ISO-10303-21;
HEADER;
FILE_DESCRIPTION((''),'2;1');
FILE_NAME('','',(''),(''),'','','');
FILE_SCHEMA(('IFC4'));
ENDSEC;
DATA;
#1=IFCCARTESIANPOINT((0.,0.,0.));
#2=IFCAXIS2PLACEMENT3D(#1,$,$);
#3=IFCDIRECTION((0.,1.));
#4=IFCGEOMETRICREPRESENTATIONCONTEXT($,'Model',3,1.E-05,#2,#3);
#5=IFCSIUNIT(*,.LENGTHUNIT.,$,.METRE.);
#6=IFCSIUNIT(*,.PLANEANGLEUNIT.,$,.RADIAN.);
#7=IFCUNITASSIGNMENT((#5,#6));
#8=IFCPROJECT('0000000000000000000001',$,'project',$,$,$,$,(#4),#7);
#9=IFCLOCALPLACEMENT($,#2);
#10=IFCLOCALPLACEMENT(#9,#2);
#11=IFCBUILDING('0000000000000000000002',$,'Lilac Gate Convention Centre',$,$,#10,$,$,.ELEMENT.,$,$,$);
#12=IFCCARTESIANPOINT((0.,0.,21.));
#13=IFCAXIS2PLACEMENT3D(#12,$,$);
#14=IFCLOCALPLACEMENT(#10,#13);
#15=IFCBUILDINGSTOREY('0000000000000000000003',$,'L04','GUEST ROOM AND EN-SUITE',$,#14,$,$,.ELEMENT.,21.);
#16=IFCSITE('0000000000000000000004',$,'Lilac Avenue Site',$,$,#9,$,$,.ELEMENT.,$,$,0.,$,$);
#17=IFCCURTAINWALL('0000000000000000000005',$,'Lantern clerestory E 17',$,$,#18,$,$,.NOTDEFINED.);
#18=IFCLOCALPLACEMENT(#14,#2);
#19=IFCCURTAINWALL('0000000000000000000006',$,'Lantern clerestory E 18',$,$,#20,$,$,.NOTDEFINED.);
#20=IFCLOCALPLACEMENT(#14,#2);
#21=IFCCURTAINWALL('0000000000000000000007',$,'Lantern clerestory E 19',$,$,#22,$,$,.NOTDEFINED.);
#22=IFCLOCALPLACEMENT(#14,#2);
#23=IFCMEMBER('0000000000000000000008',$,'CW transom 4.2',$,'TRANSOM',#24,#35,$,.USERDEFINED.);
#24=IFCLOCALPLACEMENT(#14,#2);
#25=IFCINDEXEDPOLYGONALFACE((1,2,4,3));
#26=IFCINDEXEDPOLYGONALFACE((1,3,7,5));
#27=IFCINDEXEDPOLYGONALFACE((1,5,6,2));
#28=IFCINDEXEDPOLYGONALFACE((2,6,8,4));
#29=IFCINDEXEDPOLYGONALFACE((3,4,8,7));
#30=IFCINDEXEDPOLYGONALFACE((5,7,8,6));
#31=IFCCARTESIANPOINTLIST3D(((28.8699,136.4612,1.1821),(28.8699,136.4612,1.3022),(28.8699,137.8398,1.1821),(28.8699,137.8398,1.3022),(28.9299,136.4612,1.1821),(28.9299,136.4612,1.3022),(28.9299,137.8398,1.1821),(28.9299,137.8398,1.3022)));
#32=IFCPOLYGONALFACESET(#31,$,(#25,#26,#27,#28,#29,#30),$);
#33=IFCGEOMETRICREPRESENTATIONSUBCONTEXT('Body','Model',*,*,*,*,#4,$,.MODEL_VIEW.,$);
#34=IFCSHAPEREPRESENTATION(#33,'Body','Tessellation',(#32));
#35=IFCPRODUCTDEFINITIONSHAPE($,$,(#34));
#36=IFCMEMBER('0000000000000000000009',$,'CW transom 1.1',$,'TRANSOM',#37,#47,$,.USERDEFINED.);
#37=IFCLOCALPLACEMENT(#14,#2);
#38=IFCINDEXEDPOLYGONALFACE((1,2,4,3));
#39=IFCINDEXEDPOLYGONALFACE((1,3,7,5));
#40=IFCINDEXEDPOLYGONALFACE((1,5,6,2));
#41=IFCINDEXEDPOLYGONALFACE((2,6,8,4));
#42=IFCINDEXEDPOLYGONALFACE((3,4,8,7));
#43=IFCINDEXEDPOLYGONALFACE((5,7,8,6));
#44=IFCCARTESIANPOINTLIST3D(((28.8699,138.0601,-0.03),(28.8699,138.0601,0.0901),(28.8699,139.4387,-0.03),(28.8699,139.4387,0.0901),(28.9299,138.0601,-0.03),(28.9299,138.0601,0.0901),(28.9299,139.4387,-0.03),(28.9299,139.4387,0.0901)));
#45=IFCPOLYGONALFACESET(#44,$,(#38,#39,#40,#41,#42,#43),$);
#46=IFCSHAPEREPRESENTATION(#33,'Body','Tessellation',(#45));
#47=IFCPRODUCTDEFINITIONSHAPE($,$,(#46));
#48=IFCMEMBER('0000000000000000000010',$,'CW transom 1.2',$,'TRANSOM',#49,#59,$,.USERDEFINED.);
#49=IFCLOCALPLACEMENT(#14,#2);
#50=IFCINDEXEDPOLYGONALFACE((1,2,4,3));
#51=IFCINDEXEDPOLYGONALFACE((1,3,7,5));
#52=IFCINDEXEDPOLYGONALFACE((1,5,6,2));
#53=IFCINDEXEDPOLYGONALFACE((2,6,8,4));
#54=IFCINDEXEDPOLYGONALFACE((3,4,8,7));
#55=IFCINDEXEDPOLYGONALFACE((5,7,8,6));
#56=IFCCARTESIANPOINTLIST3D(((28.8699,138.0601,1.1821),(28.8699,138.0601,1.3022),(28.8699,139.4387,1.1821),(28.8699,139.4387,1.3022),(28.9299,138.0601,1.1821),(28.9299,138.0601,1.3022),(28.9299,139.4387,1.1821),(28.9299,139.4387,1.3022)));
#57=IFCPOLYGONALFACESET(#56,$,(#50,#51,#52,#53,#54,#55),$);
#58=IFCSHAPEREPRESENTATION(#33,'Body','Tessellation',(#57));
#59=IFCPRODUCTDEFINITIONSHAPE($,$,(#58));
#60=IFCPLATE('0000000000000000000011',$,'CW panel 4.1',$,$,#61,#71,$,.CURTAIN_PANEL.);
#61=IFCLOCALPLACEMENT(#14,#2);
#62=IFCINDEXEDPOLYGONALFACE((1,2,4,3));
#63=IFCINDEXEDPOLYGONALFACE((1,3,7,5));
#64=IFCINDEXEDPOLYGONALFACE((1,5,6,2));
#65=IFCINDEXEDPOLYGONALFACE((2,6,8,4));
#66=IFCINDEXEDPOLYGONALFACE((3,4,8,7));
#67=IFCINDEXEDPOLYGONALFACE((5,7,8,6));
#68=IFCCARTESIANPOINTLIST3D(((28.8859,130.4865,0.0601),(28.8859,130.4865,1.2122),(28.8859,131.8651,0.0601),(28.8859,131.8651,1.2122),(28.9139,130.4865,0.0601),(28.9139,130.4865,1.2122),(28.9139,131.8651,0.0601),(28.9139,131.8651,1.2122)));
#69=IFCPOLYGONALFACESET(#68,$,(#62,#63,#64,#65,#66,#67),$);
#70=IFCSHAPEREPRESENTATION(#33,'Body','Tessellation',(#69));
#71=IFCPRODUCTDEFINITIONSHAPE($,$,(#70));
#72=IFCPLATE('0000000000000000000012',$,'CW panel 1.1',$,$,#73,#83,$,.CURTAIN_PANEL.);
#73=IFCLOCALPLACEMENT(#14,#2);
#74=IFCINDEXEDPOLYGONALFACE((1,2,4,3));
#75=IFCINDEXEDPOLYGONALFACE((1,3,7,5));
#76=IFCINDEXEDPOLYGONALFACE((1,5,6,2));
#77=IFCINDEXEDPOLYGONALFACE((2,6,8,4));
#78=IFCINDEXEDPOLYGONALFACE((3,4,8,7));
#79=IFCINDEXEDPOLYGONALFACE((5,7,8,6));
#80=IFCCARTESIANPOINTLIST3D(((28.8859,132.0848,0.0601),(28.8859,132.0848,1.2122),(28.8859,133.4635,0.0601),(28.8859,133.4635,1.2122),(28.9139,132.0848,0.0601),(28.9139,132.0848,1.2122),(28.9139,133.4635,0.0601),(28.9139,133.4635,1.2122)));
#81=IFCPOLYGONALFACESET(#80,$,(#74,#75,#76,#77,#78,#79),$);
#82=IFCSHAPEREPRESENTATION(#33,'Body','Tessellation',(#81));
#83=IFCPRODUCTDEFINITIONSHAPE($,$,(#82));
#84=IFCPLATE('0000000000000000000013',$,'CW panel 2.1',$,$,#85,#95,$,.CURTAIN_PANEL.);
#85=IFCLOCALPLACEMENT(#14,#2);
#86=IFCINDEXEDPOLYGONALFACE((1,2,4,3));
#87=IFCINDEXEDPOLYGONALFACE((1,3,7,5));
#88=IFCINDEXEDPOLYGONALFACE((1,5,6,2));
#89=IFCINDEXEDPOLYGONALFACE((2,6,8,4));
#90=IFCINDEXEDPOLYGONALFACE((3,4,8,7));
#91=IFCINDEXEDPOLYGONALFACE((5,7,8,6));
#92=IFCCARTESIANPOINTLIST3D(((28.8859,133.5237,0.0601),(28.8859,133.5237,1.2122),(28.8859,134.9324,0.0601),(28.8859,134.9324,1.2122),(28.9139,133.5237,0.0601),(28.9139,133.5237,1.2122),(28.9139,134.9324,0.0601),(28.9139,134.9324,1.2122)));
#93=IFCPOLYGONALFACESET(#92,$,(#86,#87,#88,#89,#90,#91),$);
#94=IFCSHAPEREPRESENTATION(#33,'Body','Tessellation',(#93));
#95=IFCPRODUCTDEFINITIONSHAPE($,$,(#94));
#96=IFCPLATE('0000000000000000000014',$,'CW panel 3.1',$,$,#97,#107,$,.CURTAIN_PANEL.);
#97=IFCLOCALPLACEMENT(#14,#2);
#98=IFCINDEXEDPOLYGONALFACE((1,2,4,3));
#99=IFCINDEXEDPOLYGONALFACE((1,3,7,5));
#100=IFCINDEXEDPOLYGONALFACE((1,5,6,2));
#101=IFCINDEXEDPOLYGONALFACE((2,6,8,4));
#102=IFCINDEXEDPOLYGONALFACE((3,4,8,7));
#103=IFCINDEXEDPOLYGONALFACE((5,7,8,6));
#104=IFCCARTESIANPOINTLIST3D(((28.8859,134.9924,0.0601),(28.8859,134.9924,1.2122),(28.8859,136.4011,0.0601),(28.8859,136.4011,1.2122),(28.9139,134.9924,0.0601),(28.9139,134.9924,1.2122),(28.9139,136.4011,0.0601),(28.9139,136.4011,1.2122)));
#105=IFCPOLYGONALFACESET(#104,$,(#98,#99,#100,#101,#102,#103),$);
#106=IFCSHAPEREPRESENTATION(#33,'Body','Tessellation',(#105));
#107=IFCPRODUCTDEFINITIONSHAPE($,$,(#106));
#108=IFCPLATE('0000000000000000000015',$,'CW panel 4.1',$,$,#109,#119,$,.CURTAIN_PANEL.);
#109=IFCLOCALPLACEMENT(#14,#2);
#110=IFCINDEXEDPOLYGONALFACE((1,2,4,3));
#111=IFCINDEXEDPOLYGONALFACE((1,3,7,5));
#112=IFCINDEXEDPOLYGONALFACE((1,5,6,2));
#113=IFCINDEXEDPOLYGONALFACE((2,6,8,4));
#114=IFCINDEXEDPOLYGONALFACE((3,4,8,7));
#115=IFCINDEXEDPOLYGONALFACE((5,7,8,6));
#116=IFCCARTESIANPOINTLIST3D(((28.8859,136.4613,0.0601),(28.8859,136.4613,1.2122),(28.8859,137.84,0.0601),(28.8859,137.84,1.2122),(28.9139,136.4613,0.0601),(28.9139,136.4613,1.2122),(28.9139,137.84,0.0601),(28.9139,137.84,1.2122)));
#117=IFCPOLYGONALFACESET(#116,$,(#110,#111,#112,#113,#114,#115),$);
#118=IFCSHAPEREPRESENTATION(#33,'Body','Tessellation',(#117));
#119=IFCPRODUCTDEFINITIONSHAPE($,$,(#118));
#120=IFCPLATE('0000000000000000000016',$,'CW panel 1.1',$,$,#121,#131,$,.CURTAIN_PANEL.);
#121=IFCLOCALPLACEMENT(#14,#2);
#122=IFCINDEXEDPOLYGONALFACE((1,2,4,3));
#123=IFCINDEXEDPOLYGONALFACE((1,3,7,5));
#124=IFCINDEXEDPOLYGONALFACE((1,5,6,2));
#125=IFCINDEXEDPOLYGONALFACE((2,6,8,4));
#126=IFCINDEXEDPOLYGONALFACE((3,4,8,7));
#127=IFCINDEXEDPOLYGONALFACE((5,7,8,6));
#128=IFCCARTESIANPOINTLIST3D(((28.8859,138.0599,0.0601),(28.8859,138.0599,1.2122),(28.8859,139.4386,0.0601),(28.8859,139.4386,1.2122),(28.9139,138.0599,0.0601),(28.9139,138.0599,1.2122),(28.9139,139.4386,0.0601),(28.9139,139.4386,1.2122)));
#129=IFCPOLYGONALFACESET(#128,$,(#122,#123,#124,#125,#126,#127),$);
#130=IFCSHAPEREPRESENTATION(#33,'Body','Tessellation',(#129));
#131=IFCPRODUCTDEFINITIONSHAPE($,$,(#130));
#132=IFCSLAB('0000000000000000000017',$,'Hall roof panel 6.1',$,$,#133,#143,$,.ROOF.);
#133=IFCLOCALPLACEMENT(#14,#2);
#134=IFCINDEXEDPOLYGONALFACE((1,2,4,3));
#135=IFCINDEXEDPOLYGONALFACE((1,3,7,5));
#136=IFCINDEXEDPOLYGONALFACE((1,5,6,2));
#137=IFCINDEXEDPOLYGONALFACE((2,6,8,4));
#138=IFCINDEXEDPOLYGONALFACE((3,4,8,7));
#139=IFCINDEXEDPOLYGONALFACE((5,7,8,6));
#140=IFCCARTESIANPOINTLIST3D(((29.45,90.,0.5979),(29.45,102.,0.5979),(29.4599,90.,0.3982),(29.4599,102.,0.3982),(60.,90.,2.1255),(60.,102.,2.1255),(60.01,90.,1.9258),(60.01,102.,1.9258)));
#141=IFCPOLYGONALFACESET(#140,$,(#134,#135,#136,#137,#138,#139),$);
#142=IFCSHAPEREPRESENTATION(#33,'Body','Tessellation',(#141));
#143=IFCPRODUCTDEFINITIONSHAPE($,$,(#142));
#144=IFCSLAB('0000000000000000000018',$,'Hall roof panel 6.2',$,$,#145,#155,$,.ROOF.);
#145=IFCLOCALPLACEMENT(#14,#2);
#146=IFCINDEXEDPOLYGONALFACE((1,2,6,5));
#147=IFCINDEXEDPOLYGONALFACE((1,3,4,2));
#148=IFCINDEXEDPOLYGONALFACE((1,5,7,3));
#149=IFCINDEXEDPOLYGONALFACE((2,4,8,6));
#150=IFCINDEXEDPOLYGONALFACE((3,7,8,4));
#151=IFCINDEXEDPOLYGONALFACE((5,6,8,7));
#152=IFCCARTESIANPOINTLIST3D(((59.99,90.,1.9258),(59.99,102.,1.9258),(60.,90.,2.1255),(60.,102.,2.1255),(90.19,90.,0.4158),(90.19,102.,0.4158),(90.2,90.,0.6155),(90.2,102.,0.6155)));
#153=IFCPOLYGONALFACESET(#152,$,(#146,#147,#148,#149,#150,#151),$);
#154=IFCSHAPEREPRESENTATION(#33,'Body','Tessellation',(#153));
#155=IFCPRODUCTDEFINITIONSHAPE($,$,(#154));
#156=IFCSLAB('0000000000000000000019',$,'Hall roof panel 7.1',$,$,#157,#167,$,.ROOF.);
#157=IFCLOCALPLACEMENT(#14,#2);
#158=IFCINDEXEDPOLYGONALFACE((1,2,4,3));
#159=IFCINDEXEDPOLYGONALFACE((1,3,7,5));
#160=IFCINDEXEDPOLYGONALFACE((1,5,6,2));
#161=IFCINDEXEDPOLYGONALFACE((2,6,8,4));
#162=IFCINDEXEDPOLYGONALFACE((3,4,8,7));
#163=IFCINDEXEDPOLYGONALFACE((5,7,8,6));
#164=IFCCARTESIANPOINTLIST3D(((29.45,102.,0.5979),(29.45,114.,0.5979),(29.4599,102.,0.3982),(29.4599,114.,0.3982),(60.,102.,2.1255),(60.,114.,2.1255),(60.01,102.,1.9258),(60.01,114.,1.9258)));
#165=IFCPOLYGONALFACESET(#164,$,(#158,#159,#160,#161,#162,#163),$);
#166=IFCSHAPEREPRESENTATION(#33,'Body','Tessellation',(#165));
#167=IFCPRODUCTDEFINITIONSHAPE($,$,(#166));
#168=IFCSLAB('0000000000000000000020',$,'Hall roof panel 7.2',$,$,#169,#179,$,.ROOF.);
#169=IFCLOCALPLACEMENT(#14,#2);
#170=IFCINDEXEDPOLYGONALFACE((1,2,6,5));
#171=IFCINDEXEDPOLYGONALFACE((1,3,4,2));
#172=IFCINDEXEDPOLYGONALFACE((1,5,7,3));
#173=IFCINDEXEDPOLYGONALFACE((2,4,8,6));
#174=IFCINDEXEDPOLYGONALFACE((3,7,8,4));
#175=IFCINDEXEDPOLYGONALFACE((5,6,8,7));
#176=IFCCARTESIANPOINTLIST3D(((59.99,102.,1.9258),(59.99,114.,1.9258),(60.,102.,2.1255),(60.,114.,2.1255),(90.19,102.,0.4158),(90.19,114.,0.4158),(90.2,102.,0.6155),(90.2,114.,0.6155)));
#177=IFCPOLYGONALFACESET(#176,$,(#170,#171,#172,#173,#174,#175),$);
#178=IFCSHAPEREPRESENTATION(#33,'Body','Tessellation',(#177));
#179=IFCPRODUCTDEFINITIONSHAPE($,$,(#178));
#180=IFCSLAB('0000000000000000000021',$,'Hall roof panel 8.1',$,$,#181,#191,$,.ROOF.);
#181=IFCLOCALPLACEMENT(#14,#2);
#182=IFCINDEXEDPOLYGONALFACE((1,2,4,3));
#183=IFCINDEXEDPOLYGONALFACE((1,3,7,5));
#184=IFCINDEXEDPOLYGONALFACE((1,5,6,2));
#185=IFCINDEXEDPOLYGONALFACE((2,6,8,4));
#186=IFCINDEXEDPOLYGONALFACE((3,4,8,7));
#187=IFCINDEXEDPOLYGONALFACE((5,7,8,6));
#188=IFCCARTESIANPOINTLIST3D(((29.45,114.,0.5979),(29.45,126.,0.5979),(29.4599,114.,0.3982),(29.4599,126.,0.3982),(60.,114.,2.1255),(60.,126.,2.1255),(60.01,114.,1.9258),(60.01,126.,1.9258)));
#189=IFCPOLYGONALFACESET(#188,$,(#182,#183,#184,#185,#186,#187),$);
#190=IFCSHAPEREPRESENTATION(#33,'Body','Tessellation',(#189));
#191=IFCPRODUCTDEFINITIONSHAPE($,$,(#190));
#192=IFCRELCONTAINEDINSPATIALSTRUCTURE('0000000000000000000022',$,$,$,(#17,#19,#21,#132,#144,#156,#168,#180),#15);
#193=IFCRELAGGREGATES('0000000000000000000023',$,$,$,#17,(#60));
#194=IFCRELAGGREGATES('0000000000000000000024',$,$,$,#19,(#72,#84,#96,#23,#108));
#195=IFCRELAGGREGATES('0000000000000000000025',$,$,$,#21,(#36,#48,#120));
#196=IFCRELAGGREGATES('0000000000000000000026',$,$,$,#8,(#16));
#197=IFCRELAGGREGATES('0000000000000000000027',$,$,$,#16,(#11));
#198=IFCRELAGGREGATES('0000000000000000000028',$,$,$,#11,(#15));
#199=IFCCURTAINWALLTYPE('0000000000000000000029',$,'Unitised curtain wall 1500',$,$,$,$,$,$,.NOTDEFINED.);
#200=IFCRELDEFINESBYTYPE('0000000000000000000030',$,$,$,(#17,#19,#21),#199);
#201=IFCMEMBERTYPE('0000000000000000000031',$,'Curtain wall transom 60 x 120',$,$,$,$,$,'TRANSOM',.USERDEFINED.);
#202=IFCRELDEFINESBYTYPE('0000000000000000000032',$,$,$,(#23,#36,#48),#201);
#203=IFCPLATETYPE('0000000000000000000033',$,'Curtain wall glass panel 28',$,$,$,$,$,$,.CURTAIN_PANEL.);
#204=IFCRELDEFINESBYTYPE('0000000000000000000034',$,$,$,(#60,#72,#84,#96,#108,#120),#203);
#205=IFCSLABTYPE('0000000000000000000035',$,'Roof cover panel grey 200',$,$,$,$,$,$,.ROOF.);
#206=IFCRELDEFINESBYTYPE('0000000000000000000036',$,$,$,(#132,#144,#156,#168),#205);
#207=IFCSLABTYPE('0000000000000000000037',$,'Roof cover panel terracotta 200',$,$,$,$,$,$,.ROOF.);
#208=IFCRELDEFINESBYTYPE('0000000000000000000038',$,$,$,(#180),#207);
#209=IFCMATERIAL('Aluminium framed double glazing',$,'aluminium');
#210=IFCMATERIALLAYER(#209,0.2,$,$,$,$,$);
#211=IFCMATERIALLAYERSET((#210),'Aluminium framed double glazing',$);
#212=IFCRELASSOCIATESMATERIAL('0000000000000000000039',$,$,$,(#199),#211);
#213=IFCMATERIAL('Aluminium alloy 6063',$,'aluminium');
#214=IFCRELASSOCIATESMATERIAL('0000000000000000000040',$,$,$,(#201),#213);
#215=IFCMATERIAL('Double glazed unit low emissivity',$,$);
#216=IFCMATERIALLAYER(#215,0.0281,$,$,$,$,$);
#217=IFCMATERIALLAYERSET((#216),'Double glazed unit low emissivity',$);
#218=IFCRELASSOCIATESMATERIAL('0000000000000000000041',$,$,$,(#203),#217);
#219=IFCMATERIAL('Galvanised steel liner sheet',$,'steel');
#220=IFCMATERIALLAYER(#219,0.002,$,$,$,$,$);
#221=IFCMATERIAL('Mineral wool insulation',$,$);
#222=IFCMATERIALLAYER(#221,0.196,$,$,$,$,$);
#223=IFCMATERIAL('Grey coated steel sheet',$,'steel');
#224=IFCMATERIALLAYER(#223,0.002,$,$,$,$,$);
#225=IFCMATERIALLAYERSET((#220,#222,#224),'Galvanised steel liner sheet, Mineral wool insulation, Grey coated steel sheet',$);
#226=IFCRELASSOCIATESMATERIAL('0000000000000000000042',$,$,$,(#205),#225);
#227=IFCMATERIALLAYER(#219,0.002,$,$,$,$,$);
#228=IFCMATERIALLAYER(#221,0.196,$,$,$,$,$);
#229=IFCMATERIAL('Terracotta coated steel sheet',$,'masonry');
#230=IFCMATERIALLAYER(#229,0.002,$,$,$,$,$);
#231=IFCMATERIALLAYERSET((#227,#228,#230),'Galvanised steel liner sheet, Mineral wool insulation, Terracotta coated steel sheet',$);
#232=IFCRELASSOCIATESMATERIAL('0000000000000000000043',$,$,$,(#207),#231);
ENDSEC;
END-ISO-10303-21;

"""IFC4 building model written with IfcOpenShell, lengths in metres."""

from ifc_helpers import new_model, si_unit, direction, frame, origin, origin_2d, place, context, subcontext, project, spatial, polyline, rectangle, outline, extrude, material, layer, layer_set, material_profile, profile_set, type_object, element, aggregate, save


model = new_model("IFC4")

# Units and contexts
model_context = context("Model", 3, precision=1e-05, world=origin(), true_north=direction((0.0, 1.0)))
body_context = subcontext(model_context, "Body", "Model", "MODEL_VIEW")
ifc_project = project(units=[si_unit("LENGTHUNIT", "METRE"), si_unit("PLANEANGLEUNIT", "RADIAN")], contexts=[model_context])

# Site, building, storey
site_placement = place(None, origin())
site = spatial("IfcSite", under=ifc_project, at=site_placement, Name="Lilac Avenue Site", CompositionType="ELEMENT", RefElevation=0.0)
building_placement = place(site_placement, origin())
building = spatial("IfcBuilding", under=site, at=building_placement, Name="Lilac Gate Convention Centre", CompositionType="ELEMENT")
storey_placement = place(building_placement, frame((0.0, 0.0, 21.0)))
storey = spatial("IfcBuildingStorey", under=building, at=storey_placement, Name="L04", Description="GUEST ROOM AND EN-SUITE", CompositionType="ELEMENT", Elevation=21.0)

# Curtain wall
ifc_material_1 = material(Name="Aluminium framed double glazing", Category="aluminium")
ifc_layer_1 = layer(ifc_material_1, 0.2)
ifc_layer_set_1 = layer_set([ifc_layer_1], Name="Aluminium framed double glazing")
curtain_wall_type = type_object("IfcCurtainWallType", Name="Unitised curtain wall 1500", PredefinedType="NOTDEFINED", material=ifc_layer_set_1)
curtain_wall_1_placement = place(storey_placement, origin())
curtain_wall_1 = element("IfcCurtainWall", 1, at=curtain_wall_1_placement, inside=storey, type_object=curtain_wall_type, Name="Lantern clerestory E 17", PredefinedType="NOTDEFINED")
ifc_material_2 = material(Name="Aluminium alloy 6063", Category="aluminium")

# Curtain walls
curtain_wall_2_placement = place(storey_placement, origin())
curtain_wall_2 = element("IfcCurtainWall", 2, at=curtain_wall_2_placement, inside=storey, type_object=curtain_wall_type, Name="Lantern clerestory E 18", PredefinedType="NOTDEFINED")
curtain_wall_3_placement = place(storey_placement, origin())
curtain_wall_3 = element("IfcCurtainWall", 3, at=curtain_wall_3_placement, inside=storey, type_object=curtain_wall_type, Name="Lantern clerestory E 19", PredefinedType="NOTDEFINED")

# Members
ifc_material_profile_1 = material_profile(ifc_material_2, rectangle(XDim=0.0601, YDim=0.1201, at=origin_2d()), Name="Curtain wall transom 60 x 120")
ifc_profile_set_1 = profile_set([ifc_material_profile_1], Name="Aluminium alloy 6063")
member_type_1 = type_object("IfcMemberType", Name="Curtain wall transom 60 x 120", ElementType="TRANSOM", PredefinedType="USERDEFINED", material=ifc_profile_set_1)
member_1_placement = place(storey_placement, frame((28.8999, 136.4612, 1.2422), z_axis=(0.0, 1.0, 0.0), x_axis=(-1.0, 0.0, 0.0)))
member_1 = element("IfcMember", 4, at=member_1_placement, type_object=member_type_1, Name="CW transom 4.2", ObjectType="TRANSOM", PredefinedType="USERDEFINED", context=body_context, shape_type="SweptSolid", body=[
    extrude(rectangle(XDim=0.0601, YDim=0.1201, at=origin_2d()), origin(), (0.0, 0.0, 1.0), 1.3787),
])
member_2_placement = place(storey_placement, frame((28.8999, 138.0601, 0.03), z_axis=(0.0, 1.0, 0.0), x_axis=(-1.0, 0.0, 0.0)))
member_2 = element("IfcMember", 5, at=member_2_placement, type_object=member_type_1, Name="CW transom 1.1", ObjectType="TRANSOM", PredefinedType="USERDEFINED", context=body_context, shape_type="SweptSolid", body=[
    extrude(rectangle(XDim=0.0601, YDim=0.1201, at=origin_2d()), origin(), (0.0, 0.0, 1.0), 1.3787),
])
member_3_placement = place(storey_placement, frame((28.8999, 138.0601, 1.2422), z_axis=(0.0, 1.0, 0.0), x_axis=(-1.0, 0.0, 0.0)))
member_3 = element("IfcMember", 6, at=member_3_placement, type_object=member_type_1, Name="CW transom 1.2", ObjectType="TRANSOM", PredefinedType="USERDEFINED", context=body_context, shape_type="SweptSolid", body=[
    extrude(rectangle(XDim=0.0601, YDim=0.1201, at=origin_2d()), origin(), (0.0, 0.0, 1.0), 1.3787),
])

# Plates
ifc_material_3 = material(Name="Double glazed unit low emissivity")
ifc_layer_2 = layer(ifc_material_3, 0.0281)
ifc_layer_set_2 = layer_set([ifc_layer_2], Name="Double glazed unit low emissivity")
plate_type = type_object("IfcPlateType", Name="Curtain wall glass panel 28", PredefinedType="CURTAIN_PANEL", material=ifc_layer_set_2)
plate_1_placement = place(storey_placement, frame((28.8999, 131.1758, 0.0601), z_axis=(0.0, 0.0, 1.0), x_axis=(0.0, 1.0, 0.0)))
plate_1 = element("IfcPlate", 7, at=plate_1_placement, type_object=plate_type, Name="CW panel 4.1", PredefinedType="CURTAIN_PANEL", context=body_context, shape_type="SweptSolid", body=[
    extrude(rectangle(XDim=1.3787, YDim=0.0281, at=origin_2d()), origin(), (0.0, 0.0, 1.0), 1.1521),
])
aggregate(curtain_wall_1, [plate_1])
plate_2_placement = place(storey_placement, frame((28.8999, 132.7742, 0.0601), z_axis=(0.0, 0.0, 1.0), x_axis=(0.0, 1.0, 0.0)))
plate_2 = element("IfcPlate", 8, at=plate_2_placement, type_object=plate_type, Name="CW panel 1.1", PredefinedType="CURTAIN_PANEL", context=body_context, shape_type="SweptSolid", body=[
    extrude(rectangle(XDim=1.3787, YDim=0.0281, at=origin_2d()), origin(), (0.0, 0.0, 1.0), 1.1521),
])
plate_3_placement = place(storey_placement, frame((28.8999, 134.228, 0.0601), z_axis=(0.0, 0.0, 1.0), x_axis=(0.0, 1.0, 0.0)))
plate_3 = element("IfcPlate", 9, at=plate_3_placement, type_object=plate_type, Name="CW panel 2.1", PredefinedType="CURTAIN_PANEL", context=body_context, shape_type="SweptSolid", body=[
    extrude(rectangle(XDim=1.4087, YDim=0.0281, at=origin_2d()), origin(), (0.0, 0.0, 1.0), 1.1521),
])
plate_4_placement = place(storey_placement, frame((28.8999, 135.6968, 0.0601), z_axis=(0.0, 0.0, 1.0), x_axis=(0.0, 1.0, 0.0)))
plate_4 = element("IfcPlate", 10, at=plate_4_placement, type_object=plate_type, Name="CW panel 3.1", PredefinedType="CURTAIN_PANEL", context=body_context, shape_type="SweptSolid", body=[
    extrude(rectangle(XDim=1.4087, YDim=0.0281, at=origin_2d()), origin(), (0.0, 0.0, 1.0), 1.1521),
])
plate_5_placement = place(storey_placement, frame((28.8999, 137.1506, 0.0601), z_axis=(0.0, 0.0, 1.0), x_axis=(0.0, 1.0, 0.0)))
plate_5 = element("IfcPlate", 11, at=plate_5_placement, type_object=plate_type, Name="CW panel 4.1", PredefinedType="CURTAIN_PANEL", context=body_context, shape_type="SweptSolid", body=[
    extrude(rectangle(XDim=1.3787, YDim=0.0281, at=origin_2d()), origin(), (0.0, 0.0, 1.0), 1.1521),
])
aggregate(curtain_wall_2, [plate_2, plate_3, plate_4, member_1, plate_5])
plate_6_placement = place(storey_placement, frame((28.8999, 138.7493, 0.0601), z_axis=(0.0, 0.0, 1.0), x_axis=(0.0, 1.0, 0.0)))
plate_6 = element("IfcPlate", 12, at=plate_6_placement, type_object=plate_type, Name="CW panel 1.1", PredefinedType="CURTAIN_PANEL", context=body_context, shape_type="SweptSolid", body=[
    extrude(rectangle(XDim=1.3787, YDim=0.0281, at=origin_2d()), origin(), (0.0, 0.0, 1.0), 1.1521),
])
aggregate(curtain_wall_3, [member_2, member_3, plate_6])

# Slabs
ifc_material_4 = material(Name="Galvanised steel liner sheet", Category="steel")
ifc_layer_3 = layer(ifc_material_4, 0.002)
ifc_material_5 = material(Name="Mineral wool insulation")
ifc_layer_4 = layer(ifc_material_5, 0.196)
ifc_material_6 = material(Name="Grey coated steel sheet", Category="steel")
ifc_layer_5 = layer(ifc_material_6, 0.002)
ifc_layer_set_3 = layer_set([ifc_layer_3, ifc_layer_4, ifc_layer_5], Name="Galvanised steel liner sheet, Mineral wool insulation, Grey coated steel sheet")
slab_type_1 = type_object("IfcSlabType", Name="Roof cover panel grey 200", PredefinedType="ROOF", material=ifc_layer_set_3)
slab_1_placement = place(storey_placement, frame((29.45, 90.0, 0.5979), z_axis=(-0.04994, 0.0, 0.998752), x_axis=(0.998752, 0.0, 0.04994)))
element("IfcSlab", 13, at=slab_1_placement, inside=storey, type_object=slab_type_1, Name="Hall roof panel 6.1", PredefinedType="ROOF", context=body_context, shape_type="SweptSolid", body=[
    extrude(outline(polyline([(0.0, 0.0), (30.5882, 0.0), (30.5882, 12.0), (0.0, 12.0), (0.0, 0.0)])), origin(), (0.0, 0.0, -1.0), 0.2),
])
slab_2_placement = place(storey_placement, frame((60.0, 90.0, 2.1255), z_axis=(0.049938, 0.0, 0.998752), x_axis=(0.998752, 0.0, -0.049938)))
element("IfcSlab", 14, at=slab_2_placement, inside=storey, type_object=slab_type_1, Name="Hall roof panel 6.2", PredefinedType="ROOF", context=body_context, shape_type="SweptSolid", body=[
    extrude(outline(polyline([(0.0, 0.0), (30.2377, 0.0), (30.2377, 12.0), (0.0, 12.0), (0.0, 0.0)])), origin(), (0.0, 0.0, -1.0), 0.2),
])
slab_3_placement = place(storey_placement, frame((29.45, 102.0, 0.5979), z_axis=(-0.04994, 0.0, 0.998752), x_axis=(0.998752, 0.0, 0.04994)))
element("IfcSlab", 15, at=slab_3_placement, inside=storey, type_object=slab_type_1, Name="Hall roof panel 7.1", PredefinedType="ROOF", context=body_context, shape_type="SweptSolid", body=[
    extrude(outline(polyline([(0.0, 0.0), (30.5882, 0.0), (30.5882, 12.0), (0.0, 12.0), (0.0, 0.0)])), origin(), (0.0, 0.0, -1.0), 0.2),
])
slab_4_placement = place(storey_placement, frame((60.0, 102.0, 2.1255), z_axis=(0.049938, 0.0, 0.998752), x_axis=(0.998752, 0.0, -0.049938)))
element("IfcSlab", 16, at=slab_4_placement, inside=storey, type_object=slab_type_1, Name="Hall roof panel 7.2", PredefinedType="ROOF", context=body_context, shape_type="SweptSolid", body=[
    extrude(outline(polyline([(0.0, 0.0), (30.2377, 0.0), (30.2377, 12.0), (0.0, 12.0), (0.0, 0.0)])), origin(), (0.0, 0.0, -1.0), 0.2),
])
ifc_layer_6 = layer(ifc_material_4, 0.002)
ifc_layer_7 = layer(ifc_material_5, 0.196)
ifc_material_7 = material(Name="Terracotta coated steel sheet", Category="masonry")
ifc_layer_8 = layer(ifc_material_7, 0.002)
ifc_layer_set_4 = layer_set([ifc_layer_6, ifc_layer_7, ifc_layer_8], Name="Galvanised steel liner sheet, Mineral wool insulation, Terracotta coated steel sheet")
slab_type_2 = type_object("IfcSlabType", Name="Roof cover panel terracotta 200", PredefinedType="ROOF", material=ifc_layer_set_4)
slab_5_placement = place(storey_placement, frame((29.45, 114.0, 0.5979), z_axis=(-0.04994, 0.0, 0.998752), x_axis=(0.998752, 0.0, 0.04994)))
element("IfcSlab", 17, at=slab_5_placement, inside=storey, type_object=slab_type_2, Name="Hall roof panel 8.1", PredefinedType="ROOF", context=body_context, shape_type="SweptSolid", body=[
    extrude(outline(polyline([(0.0, 0.0), (30.5882, 0.0), (30.5882, 12.0), (0.0, 12.0), (0.0, 0.0)])), origin(), (0.0, 0.0, -1.0), 0.2),
])

save(model, "model.ifc")
